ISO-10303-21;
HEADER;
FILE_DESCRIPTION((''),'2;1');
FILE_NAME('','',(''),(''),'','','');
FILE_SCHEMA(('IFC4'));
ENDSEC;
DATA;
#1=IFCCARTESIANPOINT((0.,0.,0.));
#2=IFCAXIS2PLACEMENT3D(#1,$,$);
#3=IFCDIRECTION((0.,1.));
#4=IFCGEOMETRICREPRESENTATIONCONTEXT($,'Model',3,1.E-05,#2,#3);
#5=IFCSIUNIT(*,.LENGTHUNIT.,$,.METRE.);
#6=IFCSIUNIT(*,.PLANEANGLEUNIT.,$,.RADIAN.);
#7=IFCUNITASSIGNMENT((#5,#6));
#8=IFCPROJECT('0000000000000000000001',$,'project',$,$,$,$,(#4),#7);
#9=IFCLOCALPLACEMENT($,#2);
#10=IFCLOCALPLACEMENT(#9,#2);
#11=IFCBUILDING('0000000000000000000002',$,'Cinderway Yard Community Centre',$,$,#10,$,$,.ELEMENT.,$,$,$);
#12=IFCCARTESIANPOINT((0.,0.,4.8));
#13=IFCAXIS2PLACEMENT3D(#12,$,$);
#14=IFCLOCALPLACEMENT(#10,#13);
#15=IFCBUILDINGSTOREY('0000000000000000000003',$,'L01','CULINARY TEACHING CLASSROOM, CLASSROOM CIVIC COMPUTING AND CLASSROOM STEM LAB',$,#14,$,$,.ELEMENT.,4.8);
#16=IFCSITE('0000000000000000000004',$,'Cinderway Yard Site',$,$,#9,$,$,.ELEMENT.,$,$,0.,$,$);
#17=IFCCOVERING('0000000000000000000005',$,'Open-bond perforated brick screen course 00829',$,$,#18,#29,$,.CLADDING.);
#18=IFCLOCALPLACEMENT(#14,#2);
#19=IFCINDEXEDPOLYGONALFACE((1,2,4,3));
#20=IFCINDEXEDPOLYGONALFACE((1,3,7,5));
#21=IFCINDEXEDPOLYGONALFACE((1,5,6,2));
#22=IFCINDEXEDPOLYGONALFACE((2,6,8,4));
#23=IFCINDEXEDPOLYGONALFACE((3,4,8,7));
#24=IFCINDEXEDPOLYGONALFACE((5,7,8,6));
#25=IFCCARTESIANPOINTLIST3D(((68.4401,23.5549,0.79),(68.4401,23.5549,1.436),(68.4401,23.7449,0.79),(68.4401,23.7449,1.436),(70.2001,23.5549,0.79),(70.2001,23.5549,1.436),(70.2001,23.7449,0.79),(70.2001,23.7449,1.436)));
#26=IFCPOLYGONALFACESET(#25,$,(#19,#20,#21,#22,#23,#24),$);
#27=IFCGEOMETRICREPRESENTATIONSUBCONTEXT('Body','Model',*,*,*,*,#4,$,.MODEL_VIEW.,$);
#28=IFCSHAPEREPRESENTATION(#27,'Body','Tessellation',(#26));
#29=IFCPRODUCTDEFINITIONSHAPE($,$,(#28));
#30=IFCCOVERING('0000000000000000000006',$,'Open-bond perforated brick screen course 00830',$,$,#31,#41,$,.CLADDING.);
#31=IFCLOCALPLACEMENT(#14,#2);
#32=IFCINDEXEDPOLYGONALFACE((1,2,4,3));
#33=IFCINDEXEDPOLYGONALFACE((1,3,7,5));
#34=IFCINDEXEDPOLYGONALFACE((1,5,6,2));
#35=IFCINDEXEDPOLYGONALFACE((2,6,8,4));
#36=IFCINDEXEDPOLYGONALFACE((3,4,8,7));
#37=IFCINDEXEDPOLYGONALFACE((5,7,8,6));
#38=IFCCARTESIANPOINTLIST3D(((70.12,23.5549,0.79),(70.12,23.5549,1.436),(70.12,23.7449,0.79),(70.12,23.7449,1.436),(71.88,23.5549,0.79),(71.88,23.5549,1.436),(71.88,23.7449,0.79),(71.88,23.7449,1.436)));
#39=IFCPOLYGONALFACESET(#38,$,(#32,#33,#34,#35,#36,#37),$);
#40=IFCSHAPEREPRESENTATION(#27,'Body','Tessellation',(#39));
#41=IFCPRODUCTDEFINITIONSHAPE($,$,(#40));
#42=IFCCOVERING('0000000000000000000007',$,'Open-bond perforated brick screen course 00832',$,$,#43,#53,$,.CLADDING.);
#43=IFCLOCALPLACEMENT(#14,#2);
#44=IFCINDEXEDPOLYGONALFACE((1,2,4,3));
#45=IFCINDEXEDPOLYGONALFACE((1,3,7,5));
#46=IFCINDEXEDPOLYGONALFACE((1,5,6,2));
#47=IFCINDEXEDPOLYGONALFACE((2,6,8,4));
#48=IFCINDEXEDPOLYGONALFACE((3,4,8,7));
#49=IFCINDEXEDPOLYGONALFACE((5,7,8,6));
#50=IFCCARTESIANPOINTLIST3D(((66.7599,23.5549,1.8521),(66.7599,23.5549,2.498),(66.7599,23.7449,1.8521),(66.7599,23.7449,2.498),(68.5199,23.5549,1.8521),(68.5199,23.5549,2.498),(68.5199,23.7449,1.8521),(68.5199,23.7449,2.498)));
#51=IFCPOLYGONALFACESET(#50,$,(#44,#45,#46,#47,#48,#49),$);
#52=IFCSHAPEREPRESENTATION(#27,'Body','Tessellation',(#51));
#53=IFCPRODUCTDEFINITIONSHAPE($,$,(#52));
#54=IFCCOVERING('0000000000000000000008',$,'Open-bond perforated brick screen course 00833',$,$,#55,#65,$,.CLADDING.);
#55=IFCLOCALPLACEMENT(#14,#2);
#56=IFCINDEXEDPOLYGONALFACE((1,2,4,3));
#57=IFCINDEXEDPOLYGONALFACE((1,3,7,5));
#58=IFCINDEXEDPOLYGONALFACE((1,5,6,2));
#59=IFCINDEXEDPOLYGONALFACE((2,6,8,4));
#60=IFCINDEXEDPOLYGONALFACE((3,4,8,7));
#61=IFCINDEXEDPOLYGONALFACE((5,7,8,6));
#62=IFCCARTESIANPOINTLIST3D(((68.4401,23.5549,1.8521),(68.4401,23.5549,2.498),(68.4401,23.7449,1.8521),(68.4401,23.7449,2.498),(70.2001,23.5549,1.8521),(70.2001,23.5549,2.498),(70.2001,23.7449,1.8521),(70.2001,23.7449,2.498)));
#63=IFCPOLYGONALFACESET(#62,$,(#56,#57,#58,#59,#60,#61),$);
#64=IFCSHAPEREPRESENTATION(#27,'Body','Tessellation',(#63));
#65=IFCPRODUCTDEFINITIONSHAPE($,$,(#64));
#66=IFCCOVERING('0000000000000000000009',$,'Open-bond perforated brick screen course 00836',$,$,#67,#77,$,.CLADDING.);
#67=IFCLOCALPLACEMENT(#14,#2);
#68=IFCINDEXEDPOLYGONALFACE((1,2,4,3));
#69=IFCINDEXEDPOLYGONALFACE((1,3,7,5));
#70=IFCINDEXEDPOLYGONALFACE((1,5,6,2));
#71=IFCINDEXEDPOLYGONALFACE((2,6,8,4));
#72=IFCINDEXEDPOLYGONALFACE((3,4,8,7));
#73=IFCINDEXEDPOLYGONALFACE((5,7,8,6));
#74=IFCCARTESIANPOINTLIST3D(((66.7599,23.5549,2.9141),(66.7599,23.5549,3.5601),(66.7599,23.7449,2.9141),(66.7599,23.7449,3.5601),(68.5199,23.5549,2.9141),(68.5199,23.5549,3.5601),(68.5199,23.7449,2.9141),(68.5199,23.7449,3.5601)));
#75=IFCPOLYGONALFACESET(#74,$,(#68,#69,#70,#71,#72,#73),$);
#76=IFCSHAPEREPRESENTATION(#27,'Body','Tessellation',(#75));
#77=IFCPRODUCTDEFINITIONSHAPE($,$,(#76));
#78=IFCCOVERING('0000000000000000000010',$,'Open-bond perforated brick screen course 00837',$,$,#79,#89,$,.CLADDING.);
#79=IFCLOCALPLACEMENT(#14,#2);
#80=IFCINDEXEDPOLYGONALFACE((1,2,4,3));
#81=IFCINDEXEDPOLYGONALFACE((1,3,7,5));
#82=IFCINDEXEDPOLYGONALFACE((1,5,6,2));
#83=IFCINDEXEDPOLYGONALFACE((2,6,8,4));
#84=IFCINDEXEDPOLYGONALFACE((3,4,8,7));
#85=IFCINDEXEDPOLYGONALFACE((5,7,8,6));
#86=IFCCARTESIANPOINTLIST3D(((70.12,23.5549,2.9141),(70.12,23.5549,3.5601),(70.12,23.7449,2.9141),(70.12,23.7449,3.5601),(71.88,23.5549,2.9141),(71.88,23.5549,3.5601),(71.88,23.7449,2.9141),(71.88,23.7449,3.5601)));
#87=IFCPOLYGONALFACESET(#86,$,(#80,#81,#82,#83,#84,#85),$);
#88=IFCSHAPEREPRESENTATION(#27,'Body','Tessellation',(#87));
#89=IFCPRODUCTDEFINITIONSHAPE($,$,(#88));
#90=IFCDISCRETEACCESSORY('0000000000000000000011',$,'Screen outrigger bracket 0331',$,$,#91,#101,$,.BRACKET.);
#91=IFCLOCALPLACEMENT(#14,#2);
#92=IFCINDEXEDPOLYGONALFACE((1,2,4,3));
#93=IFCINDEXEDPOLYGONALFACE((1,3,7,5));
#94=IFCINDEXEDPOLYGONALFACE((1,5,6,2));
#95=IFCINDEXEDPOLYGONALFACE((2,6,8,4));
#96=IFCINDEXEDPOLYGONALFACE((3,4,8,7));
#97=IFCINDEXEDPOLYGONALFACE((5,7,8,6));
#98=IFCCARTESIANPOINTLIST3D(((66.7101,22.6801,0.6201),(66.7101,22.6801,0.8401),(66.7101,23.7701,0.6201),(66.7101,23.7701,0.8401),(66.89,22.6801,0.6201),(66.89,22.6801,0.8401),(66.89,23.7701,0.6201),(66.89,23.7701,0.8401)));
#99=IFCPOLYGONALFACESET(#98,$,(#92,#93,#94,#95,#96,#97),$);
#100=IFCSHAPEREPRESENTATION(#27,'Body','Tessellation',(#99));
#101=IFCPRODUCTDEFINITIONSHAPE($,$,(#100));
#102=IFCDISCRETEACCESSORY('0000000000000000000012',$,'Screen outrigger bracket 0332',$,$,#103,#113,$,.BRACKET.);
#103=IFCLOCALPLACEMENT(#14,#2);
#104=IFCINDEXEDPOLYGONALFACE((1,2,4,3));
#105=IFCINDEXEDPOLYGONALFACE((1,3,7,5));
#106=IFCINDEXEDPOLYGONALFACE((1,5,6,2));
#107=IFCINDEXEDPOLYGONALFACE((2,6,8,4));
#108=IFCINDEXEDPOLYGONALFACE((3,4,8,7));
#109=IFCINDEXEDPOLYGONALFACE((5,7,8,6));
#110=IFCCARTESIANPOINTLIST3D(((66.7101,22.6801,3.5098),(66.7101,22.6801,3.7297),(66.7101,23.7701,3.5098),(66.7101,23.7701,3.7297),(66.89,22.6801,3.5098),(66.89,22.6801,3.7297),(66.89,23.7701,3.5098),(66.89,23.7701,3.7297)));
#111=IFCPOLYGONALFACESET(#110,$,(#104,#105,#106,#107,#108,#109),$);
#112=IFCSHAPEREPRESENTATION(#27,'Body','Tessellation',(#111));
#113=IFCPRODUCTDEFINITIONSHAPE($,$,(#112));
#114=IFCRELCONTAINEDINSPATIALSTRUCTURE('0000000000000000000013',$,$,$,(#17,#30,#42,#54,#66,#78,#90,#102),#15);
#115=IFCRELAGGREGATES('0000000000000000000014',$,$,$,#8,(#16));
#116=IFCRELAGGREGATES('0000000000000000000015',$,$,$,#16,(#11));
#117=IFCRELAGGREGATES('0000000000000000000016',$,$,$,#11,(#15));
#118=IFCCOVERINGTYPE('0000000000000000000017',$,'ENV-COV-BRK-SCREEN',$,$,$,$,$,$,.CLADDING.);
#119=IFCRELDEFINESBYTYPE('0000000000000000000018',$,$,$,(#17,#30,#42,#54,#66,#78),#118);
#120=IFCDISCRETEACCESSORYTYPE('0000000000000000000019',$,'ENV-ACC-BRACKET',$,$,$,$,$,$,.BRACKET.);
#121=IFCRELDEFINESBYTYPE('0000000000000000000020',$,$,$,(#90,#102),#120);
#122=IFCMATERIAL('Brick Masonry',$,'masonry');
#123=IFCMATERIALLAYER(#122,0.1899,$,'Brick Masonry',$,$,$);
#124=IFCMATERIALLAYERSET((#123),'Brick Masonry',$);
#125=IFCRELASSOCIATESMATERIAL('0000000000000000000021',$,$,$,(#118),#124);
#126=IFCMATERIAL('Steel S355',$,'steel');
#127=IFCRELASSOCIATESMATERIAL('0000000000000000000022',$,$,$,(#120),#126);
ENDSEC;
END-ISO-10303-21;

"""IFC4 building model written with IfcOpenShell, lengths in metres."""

from ifc_helpers import new_model, si_unit, direction, frame, origin, origin_2d, place, context, subcontext, project, spatial, rectangle, extrude, material, layer, layer_set, type_object, element, save


model = new_model("IFC4")

# Units and contexts
model_context = context("Model", 3, precision=1e-05, world=origin(), true_north=direction((0.0, 1.0)))
body_context = subcontext(model_context, "Body", "Model", "MODEL_VIEW")
ifc_project = project(units=[si_unit("LENGTHUNIT", "METRE"), si_unit("PLANEANGLEUNIT", "RADIAN")], contexts=[model_context])

# Site, building, storey
site_placement = place(None, origin())
site = spatial("IfcSite", under=ifc_project, at=site_placement, Name="Cinderway Yard Site", CompositionType="ELEMENT", RefElevation=0.0)
building_placement = place(site_placement, origin())
building = spatial("IfcBuilding", under=site, at=building_placement, Name="Cinderway Yard Community Centre", CompositionType="ELEMENT")
storey_placement = place(building_placement, frame((0.0, 0.0, 4.8)))
storey = spatial("IfcBuildingStorey", under=building, at=storey_placement, Name="L01", Description="CULINARY TEACHING CLASSROOM, CLASSROOM CIVIC COMPUTING AND CLASSROOM STEM LAB", CompositionType="ELEMENT", Elevation=4.8)

# Shared definitions
ifc_material_1 = material(Name="Steel S355", Category="steel")

# Coverings
ifc_material_2 = material(Name="Brick Masonry", Category="masonry")
ifc_layer_1 = layer(ifc_material_2, 0.1899, Name="Brick Masonry")
ifc_layer_set_1 = layer_set([ifc_layer_1], Name="Brick Masonry")
covering_type = type_object("IfcCoveringType", Name="ENV-COV-BRK-SCREEN", PredefinedType="CLADDING", material=ifc_layer_set_1)
for number, where, z_axis, x_axis, name in (
    (1, (69.3201, 23.6499, 0.79), (0.0, 0.0, 1.0), (1.0, 0.0, 0.0), "Open-bond perforated brick screen course 00829"),
    (2, (71.0, 23.6499, 0.79), (0.0, 0.0, 1.0), (1.0, 0.0, 0.0), "Open-bond perforated brick screen course 00830"),
    (3, (67.6399, 23.6499, 1.8521), (0.0, 0.0, 1.0), (1.0, 0.0, 0.0), "Open-bond perforated brick screen course 00832"),
    (4, (69.3201, 23.6499, 1.8521), (0.0, 0.0, 1.0), (1.0, 0.0, 0.0), "Open-bond perforated brick screen course 00833"),
    (5, (67.6399, 23.6499, 2.9141), (0.0, 0.0, 1.0), (1.0, 0.0, 0.0), "Open-bond perforated brick screen course 00836"),
    (6, (71.0, 23.6499, 2.9141), (0.0, 0.0, 1.0), (1.0, 0.0, 0.0), "Open-bond perforated brick screen course 00837"),
):
    element("IfcCovering", number, at=place(storey_placement, frame(where, z_axis=z_axis, x_axis=x_axis)), inside=storey, type_object=covering_type, Name=name, PredefinedType="CLADDING", context=body_context, shape_type="SweptSolid", body=[
        extrude(rectangle(XDim=1.76, YDim=0.1899, at=origin_2d()), origin(), (0.0, 0.0, 1.0), 0.646),
    ])

# Discrete accessories
discrete_accessory_type = type_object("IfcDiscreteAccessoryType", Name="ENV-ACC-BRACKET", PredefinedType="BRACKET", material=ifc_material_1)
for number, where, z_axis, x_axis, name in (
    (7, (66.8, 23.2251, 0.6201), (0.0, 0.0, 1.0), (0.0, 1.0, 0.0), "Screen outrigger bracket 0331"),
    (8, (66.8, 23.2251, 3.5098), (0.0, 0.0, 1.0), (0.0, 1.0, 0.0), "Screen outrigger bracket 0332"),
):
    element("IfcDiscreteAccessory", number, at=place(storey_placement, frame(where, z_axis=z_axis, x_axis=x_axis)), inside=storey, type_object=discrete_accessory_type, Name=name, PredefinedType="BRACKET", context=body_context, shape_type="SweptSolid", body=[
        extrude(rectangle(XDim=1.0901, YDim=0.1799, at=origin_2d()), origin(), (0.0, 0.0, 1.0), 0.22),
    ])

save(model, "model.ifc")
